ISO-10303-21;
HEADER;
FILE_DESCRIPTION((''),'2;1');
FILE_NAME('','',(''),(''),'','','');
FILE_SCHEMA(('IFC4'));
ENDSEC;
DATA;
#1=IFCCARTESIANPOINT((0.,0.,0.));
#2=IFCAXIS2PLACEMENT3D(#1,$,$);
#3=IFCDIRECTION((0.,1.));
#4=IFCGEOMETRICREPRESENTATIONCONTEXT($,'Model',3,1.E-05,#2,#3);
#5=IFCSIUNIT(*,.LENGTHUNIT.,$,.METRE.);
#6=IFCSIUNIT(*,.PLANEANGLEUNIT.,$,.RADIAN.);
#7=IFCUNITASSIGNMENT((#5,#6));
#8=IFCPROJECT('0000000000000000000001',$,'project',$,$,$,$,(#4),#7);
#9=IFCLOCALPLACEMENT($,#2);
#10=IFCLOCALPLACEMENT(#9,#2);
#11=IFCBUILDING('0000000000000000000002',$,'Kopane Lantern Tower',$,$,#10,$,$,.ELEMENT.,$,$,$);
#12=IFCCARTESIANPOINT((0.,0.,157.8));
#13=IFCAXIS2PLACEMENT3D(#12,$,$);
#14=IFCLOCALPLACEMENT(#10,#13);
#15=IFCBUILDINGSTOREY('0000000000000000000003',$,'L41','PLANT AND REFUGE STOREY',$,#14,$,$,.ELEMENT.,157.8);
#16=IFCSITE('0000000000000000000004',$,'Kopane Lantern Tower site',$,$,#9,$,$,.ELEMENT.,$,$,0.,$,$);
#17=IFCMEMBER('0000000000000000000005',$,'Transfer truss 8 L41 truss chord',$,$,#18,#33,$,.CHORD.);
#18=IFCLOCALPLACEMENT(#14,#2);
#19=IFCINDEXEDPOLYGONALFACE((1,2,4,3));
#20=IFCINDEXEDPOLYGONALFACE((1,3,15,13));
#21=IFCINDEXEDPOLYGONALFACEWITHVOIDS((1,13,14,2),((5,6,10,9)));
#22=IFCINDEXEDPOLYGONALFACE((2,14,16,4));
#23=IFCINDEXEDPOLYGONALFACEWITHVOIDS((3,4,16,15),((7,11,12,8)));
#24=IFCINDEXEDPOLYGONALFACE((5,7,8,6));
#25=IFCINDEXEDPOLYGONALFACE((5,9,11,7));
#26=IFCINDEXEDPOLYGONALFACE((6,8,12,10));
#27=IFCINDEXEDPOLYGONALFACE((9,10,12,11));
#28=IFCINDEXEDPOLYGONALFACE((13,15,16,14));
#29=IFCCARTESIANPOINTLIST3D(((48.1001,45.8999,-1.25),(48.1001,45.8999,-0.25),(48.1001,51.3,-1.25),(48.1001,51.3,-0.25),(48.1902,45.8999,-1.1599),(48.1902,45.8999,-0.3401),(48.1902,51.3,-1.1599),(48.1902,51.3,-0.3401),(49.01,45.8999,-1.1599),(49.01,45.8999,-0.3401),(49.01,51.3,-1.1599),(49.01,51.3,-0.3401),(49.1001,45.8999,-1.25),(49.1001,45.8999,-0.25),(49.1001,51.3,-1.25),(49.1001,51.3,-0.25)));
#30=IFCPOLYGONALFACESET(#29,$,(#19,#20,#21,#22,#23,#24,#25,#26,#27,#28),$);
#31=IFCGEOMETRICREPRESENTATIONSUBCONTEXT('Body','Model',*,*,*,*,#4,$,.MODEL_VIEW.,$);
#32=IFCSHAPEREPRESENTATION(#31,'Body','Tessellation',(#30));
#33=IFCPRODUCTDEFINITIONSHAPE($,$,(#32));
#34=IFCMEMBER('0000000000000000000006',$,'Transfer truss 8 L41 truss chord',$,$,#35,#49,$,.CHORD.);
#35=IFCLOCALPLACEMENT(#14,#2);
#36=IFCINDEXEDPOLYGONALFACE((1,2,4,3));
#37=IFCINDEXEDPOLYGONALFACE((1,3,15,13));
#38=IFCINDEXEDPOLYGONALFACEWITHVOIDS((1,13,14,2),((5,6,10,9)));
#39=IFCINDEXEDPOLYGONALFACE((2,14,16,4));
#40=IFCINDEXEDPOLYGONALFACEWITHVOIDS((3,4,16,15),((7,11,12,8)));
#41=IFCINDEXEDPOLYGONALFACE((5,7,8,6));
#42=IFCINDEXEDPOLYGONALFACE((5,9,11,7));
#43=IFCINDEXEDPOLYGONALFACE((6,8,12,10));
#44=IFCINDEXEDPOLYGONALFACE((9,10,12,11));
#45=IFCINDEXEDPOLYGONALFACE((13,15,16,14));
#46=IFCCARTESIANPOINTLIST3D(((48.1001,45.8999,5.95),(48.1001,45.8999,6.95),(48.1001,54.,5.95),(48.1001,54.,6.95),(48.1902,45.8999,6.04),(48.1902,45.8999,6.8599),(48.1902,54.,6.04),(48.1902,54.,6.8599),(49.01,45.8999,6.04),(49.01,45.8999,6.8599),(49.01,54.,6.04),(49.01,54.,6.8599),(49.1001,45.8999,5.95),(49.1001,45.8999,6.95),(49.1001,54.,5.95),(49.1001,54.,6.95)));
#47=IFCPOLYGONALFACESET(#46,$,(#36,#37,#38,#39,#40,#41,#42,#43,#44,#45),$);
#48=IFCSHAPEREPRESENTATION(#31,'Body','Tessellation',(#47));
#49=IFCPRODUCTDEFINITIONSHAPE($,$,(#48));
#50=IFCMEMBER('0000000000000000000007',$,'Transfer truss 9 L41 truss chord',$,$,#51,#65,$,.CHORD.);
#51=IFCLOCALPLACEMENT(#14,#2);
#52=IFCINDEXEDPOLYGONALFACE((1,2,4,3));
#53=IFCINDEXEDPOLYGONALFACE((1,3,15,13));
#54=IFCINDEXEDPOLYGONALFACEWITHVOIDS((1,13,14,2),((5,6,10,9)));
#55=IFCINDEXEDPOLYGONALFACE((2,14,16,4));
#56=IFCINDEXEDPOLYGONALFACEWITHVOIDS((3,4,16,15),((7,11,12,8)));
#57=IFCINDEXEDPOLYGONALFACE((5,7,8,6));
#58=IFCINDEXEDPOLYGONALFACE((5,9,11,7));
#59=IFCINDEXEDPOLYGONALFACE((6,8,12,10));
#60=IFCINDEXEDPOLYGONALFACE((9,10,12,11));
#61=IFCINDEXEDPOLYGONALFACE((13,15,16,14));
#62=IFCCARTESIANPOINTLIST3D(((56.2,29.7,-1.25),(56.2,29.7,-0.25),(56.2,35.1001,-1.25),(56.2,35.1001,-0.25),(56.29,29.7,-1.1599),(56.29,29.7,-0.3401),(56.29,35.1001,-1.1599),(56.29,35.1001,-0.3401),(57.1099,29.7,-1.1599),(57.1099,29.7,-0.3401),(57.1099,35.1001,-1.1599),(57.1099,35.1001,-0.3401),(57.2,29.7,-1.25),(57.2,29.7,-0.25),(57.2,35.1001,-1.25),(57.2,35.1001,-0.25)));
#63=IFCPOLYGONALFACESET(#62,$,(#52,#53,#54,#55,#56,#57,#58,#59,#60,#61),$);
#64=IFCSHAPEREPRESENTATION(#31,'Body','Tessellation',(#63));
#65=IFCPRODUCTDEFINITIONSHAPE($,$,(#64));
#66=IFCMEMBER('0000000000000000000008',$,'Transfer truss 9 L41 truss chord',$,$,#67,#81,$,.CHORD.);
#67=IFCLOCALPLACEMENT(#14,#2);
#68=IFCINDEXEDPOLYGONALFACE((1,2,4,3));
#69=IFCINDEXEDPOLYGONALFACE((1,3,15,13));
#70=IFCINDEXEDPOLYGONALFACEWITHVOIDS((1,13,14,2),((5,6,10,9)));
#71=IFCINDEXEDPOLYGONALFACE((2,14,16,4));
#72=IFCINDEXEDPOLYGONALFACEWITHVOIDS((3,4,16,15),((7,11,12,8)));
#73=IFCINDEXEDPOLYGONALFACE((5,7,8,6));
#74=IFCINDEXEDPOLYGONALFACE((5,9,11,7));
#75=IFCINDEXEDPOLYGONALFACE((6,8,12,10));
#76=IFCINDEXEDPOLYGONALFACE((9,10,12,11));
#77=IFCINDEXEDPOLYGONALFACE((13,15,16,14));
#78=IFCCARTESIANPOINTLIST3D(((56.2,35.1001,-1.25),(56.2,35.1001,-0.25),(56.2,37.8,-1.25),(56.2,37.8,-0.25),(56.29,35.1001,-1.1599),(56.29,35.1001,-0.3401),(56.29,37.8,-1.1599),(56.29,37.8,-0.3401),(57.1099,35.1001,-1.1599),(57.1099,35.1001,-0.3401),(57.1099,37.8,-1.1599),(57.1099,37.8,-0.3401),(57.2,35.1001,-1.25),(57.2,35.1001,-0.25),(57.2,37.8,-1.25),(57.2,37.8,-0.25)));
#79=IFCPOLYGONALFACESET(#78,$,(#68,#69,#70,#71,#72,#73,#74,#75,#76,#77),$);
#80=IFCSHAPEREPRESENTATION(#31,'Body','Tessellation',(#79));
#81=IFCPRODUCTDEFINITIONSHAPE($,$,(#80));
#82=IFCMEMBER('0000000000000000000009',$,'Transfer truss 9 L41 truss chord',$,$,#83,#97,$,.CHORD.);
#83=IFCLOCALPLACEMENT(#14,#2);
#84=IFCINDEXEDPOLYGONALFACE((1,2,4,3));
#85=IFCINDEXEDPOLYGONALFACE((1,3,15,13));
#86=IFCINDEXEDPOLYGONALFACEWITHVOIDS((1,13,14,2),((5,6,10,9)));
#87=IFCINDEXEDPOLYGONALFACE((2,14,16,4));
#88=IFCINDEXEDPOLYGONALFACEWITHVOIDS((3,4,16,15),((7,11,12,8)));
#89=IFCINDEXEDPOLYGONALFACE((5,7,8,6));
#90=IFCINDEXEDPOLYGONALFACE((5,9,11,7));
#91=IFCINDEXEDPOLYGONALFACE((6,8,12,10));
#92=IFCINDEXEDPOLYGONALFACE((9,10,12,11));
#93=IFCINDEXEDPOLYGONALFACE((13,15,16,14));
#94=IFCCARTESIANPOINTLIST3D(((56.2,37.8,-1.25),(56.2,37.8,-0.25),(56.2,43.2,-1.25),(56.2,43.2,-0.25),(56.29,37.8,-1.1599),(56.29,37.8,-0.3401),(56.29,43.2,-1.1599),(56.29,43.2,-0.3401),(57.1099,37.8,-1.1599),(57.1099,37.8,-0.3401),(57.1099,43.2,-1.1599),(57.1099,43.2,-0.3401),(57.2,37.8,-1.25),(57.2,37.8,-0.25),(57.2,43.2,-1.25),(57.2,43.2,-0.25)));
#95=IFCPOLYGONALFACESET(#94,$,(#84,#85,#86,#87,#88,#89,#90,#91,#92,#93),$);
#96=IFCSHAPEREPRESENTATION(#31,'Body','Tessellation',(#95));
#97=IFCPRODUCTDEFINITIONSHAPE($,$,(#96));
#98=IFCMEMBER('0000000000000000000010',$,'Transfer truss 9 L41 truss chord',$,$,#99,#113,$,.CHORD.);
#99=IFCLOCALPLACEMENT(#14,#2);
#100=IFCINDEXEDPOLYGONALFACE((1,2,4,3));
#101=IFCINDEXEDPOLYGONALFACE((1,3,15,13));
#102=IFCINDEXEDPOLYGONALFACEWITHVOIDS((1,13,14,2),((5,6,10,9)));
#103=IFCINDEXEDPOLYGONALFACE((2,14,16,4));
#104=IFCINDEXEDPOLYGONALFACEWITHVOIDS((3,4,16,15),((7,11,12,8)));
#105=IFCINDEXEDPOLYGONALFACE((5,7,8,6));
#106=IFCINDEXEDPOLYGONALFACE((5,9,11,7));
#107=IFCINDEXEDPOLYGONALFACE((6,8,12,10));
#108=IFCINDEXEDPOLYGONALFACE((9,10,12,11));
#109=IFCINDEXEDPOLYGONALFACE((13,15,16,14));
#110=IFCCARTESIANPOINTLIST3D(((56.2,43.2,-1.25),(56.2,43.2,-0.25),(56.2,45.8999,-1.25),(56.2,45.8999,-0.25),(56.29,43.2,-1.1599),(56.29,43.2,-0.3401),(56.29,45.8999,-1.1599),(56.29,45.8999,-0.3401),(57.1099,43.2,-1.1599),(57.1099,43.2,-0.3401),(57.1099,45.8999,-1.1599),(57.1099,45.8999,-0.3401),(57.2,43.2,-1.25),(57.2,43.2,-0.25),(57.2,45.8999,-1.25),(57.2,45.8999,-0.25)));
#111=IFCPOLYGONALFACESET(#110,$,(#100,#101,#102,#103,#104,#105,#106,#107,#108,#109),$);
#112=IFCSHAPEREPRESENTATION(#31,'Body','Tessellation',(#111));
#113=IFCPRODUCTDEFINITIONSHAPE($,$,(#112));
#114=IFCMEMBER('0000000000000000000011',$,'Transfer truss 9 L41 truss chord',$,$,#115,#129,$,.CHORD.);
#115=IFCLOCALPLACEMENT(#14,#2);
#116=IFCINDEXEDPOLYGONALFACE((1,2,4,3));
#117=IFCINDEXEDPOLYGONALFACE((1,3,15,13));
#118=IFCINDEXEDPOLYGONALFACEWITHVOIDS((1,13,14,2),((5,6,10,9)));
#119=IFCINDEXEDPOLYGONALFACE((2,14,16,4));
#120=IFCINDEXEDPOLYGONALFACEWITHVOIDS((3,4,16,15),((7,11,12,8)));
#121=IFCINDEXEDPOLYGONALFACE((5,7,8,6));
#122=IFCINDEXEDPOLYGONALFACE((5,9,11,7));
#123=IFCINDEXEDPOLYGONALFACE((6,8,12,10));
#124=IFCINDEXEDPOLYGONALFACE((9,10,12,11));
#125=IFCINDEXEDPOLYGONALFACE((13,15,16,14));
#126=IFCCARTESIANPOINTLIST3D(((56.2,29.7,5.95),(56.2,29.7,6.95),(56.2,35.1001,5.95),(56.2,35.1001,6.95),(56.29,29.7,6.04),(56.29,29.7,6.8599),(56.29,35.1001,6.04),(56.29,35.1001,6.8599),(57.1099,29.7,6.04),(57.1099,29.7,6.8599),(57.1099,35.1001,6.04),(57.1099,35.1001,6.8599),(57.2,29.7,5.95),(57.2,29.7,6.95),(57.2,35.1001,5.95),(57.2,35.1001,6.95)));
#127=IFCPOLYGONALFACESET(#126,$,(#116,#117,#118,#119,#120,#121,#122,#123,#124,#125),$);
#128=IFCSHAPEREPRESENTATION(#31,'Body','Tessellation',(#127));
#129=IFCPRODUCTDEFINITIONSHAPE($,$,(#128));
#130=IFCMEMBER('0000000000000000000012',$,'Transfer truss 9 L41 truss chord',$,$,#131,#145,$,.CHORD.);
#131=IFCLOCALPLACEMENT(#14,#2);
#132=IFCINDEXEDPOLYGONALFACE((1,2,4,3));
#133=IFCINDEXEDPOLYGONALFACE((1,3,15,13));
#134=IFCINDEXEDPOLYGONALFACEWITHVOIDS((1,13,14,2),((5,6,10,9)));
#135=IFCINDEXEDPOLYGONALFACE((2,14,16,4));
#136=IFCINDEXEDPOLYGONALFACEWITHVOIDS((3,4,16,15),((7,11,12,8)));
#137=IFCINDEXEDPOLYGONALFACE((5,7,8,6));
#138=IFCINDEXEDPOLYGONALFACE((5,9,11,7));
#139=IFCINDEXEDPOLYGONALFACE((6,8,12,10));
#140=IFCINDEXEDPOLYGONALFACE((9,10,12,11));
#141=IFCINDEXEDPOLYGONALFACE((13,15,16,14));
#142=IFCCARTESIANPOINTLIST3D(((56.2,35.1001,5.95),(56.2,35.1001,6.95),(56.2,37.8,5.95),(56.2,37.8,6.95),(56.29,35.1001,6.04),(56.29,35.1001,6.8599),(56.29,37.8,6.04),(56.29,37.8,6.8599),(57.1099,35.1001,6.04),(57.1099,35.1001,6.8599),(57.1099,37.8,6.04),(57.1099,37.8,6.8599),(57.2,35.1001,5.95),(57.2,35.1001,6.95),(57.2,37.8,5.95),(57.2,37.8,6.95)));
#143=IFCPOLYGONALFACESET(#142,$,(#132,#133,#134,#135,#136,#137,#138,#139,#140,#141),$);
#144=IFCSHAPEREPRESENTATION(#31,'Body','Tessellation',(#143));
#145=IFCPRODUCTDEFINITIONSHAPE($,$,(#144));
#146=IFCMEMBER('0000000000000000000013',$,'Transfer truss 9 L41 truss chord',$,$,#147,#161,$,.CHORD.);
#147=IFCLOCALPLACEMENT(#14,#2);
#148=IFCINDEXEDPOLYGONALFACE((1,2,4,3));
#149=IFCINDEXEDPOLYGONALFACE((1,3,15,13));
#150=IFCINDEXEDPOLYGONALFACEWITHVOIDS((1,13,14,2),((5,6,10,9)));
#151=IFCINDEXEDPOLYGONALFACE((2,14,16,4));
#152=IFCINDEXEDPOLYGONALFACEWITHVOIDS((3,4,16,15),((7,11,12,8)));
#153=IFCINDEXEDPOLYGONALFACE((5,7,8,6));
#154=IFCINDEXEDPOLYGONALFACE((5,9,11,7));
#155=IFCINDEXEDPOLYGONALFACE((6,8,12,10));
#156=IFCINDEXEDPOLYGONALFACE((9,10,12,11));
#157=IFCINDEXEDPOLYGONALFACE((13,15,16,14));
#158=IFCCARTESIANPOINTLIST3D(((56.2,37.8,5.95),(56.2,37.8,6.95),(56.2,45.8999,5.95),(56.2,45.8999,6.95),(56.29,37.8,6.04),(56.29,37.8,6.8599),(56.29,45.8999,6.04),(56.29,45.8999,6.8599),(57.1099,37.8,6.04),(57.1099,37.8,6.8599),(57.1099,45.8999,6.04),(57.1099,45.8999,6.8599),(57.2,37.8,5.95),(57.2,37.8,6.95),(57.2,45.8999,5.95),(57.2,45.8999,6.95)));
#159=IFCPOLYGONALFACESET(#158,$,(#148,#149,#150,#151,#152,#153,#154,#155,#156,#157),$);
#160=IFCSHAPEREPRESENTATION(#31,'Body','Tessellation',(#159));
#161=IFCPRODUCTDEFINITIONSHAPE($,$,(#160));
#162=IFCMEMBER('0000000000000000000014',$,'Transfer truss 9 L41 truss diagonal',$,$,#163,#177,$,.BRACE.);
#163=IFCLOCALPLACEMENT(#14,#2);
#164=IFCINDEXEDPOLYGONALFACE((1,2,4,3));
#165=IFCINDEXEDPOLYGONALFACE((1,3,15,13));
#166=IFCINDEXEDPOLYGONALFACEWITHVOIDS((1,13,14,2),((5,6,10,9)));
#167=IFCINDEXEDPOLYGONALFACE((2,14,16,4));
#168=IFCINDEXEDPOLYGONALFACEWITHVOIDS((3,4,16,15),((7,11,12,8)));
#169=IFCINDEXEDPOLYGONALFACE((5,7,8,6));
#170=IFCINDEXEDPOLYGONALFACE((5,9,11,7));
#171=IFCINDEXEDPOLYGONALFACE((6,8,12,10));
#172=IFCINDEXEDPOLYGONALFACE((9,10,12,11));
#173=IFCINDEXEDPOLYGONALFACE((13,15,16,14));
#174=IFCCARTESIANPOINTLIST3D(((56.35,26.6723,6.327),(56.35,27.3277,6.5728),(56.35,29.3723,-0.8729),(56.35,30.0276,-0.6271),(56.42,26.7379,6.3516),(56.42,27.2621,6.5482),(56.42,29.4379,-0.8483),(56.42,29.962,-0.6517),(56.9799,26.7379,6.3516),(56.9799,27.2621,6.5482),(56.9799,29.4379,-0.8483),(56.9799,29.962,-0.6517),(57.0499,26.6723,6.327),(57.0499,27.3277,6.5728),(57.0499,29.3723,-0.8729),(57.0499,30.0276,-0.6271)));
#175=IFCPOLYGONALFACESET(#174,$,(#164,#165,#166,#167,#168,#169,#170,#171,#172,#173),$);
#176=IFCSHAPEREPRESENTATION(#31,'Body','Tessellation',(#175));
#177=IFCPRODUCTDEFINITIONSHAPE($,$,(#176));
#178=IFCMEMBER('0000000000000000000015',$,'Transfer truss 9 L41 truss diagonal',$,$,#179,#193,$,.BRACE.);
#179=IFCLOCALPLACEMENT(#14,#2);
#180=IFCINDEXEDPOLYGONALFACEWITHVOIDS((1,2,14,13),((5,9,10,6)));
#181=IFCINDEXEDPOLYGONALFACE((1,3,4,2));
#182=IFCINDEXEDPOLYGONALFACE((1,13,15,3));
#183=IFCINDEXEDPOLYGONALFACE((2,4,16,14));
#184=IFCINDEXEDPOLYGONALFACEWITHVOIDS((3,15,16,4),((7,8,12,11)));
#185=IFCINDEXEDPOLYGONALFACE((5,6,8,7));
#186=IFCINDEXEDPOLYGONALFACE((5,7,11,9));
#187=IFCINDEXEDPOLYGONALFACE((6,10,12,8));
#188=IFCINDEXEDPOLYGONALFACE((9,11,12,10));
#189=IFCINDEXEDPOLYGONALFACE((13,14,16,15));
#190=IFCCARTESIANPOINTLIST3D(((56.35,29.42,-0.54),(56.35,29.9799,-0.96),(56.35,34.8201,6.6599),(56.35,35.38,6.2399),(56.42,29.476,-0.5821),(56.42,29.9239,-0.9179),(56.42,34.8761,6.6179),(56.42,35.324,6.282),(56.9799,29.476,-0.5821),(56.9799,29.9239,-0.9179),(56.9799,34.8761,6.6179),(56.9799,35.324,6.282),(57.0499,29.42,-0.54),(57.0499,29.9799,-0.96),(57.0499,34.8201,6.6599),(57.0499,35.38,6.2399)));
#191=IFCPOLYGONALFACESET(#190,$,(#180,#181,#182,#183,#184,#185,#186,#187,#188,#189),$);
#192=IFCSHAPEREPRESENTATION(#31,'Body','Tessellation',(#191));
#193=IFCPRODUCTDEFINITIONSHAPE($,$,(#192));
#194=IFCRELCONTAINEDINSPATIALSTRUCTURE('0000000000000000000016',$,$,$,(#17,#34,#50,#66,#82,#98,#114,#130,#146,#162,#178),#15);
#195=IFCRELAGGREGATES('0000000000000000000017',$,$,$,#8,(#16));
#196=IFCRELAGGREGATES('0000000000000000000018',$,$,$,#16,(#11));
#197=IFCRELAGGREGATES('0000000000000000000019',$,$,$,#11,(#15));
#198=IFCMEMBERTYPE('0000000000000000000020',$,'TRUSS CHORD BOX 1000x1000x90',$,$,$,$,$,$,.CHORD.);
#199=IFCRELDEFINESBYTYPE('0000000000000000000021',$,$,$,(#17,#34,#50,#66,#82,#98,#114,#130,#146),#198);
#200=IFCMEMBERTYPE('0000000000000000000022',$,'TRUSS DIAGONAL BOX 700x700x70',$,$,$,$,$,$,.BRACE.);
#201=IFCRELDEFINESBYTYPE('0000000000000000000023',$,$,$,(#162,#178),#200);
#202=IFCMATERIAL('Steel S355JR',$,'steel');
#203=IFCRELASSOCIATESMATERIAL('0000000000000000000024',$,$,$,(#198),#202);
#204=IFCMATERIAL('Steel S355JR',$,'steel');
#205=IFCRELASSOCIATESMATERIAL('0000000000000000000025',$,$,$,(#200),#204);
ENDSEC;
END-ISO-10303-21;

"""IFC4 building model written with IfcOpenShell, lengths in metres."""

from ifc_helpers import new_model, si_unit, direction, frame, origin, origin_2d, place, context, subcontext, project, spatial, hollow_rectangle, extrude, material, material_profile, profile_set, type_object, element, save


model = new_model("IFC4")

# Units and contexts
model_context = context("Model", 3, precision=1e-05, world=origin(), true_north=direction((0.0, 1.0)))
body_context = subcontext(model_context, "Body", "Model", "MODEL_VIEW")
ifc_project = project(units=[si_unit("LENGTHUNIT", "METRE"), si_unit("PLANEANGLEUNIT", "RADIAN")], contexts=[model_context])

# Site, building, storey
site_placement = place(None, origin())
site = spatial("IfcSite", under=ifc_project, at=site_placement, Name="Kopane Lantern Tower site", CompositionType="ELEMENT", RefElevation=0.0)
building_placement = place(site_placement, origin())
building = spatial("IfcBuilding", under=site, at=building_placement, Name="Kopane Lantern Tower", CompositionType="ELEMENT")
storey_placement = place(building_placement, frame((0.0, 0.0, 157.8)))
storey = spatial("IfcBuildingStorey", under=building, at=storey_placement, Name="L41", Description="PLANT AND REFUGE STOREY", CompositionType="ELEMENT", Elevation=157.8)

# Members
ifc_material_1 = material(Name="Steel S355JR", Category="steel")
ifc_material_profile_1 = material_profile(ifc_material_1, hollow_rectangle(XDim=1.0, YDim=1.0, WallThickness=0.0901, at=origin_2d()), Name="BOX 1000x1000x90")
ifc_profile_set_1 = profile_set([ifc_material_profile_1], Name="Steel S355JR")
member_type_1 = type_object("IfcMemberType", Name="TRUSS CHORD BOX 1000x1000x90", PredefinedType="CHORD", material=ifc_profile_set_1)
member_1_placement = place(storey_placement, frame((48.6001, 45.8999, -0.75), z_axis=(0.0, 1.0, 0.0), x_axis=(-1.0, 0.0, 0.0)))
element("IfcMember", 1, at=member_1_placement, inside=storey, type_object=member_type_1, Name="Transfer truss 8 L41 truss chord", PredefinedType="CHORD", context=body_context, shape_type="SweptSolid", body=[
    extrude(hollow_rectangle(XDim=1.0, YDim=1.0, WallThickness=0.0901, at=origin_2d()), origin(), (0.0, 0.0, 1.0), 5.4001),
])
member_2_placement = place(storey_placement, frame((48.6001, 45.8999, 6.45), z_axis=(0.0, 1.0, 0.0), x_axis=(-1.0, 0.0, 0.0)))
element("IfcMember", 2, at=member_2_placement, inside=storey, type_object=member_type_1, Name="Transfer truss 8 L41 truss chord", PredefinedType="CHORD", context=body_context, shape_type="SweptSolid", body=[
    extrude(hollow_rectangle(XDim=1.0, YDim=1.0, WallThickness=0.0901, at=origin_2d()), origin(), (0.0, 0.0, 1.0), 8.1001),
])
member_3_placement = place(storey_placement, frame((56.7, 29.7, -0.75), z_axis=(0.0, 1.0, 0.0), x_axis=(-1.0, 0.0, 0.0)))
element("IfcMember", 3, at=member_3_placement, inside=storey, type_object=member_type_1, Name="Transfer truss 9 L41 truss chord", PredefinedType="CHORD", context=body_context, shape_type="SweptSolid", body=[
    extrude(hollow_rectangle(XDim=1.0, YDim=1.0, WallThickness=0.0901, at=origin_2d()), origin(), (0.0, 0.0, 1.0), 5.4001),
])
member_4_placement = place(storey_placement, frame((56.7, 35.1001, -0.75), z_axis=(0.0, 1.0, 0.0), x_axis=(-1.0, 0.0, 0.0)))
element("IfcMember", 4, at=member_4_placement, inside=storey, type_object=member_type_1, Name="Transfer truss 9 L41 truss chord", PredefinedType="CHORD", context=body_context, shape_type="SweptSolid", body=[
    extrude(hollow_rectangle(XDim=1.0, YDim=1.0, WallThickness=0.0901, at=origin_2d()), origin(), (0.0, 0.0, 1.0), 2.7),
])
member_5_placement = place(storey_placement, frame((56.7, 37.8, -0.75), z_axis=(0.0, 1.0, 0.0), x_axis=(-1.0, 0.0, 0.0)))
element("IfcMember", 5, at=member_5_placement, inside=storey, type_object=member_type_1, Name="Transfer truss 9 L41 truss chord", PredefinedType="CHORD", context=body_context, shape_type="SweptSolid", body=[
    extrude(hollow_rectangle(XDim=1.0, YDim=1.0, WallThickness=0.0901, at=origin_2d()), origin(), (0.0, 0.0, 1.0), 5.3999),
])
member_6_placement = place(storey_placement, frame((56.7, 43.2, -0.75), z_axis=(0.0, 1.0, 0.0), x_axis=(-1.0, 0.0, 0.0)))
element("IfcMember", 6, at=member_6_placement, inside=storey, type_object=member_type_1, Name="Transfer truss 9 L41 truss chord", PredefinedType="CHORD", context=body_context, shape_type="SweptSolid", body=[
    extrude(hollow_rectangle(XDim=1.0, YDim=1.0, WallThickness=0.0901, at=origin_2d()), origin(), (0.0, 0.0, 1.0), 2.7),
])
member_7_placement = place(storey_placement, frame((56.7, 29.7, 6.45), z_axis=(0.0, 1.0, 0.0), x_axis=(-1.0, 0.0, 0.0)))
element("IfcMember", 7, at=member_7_placement, inside=storey, type_object=member_type_1, Name="Transfer truss 9 L41 truss chord", PredefinedType="CHORD", context=body_context, shape_type="SweptSolid", body=[
    extrude(hollow_rectangle(XDim=1.0, YDim=1.0, WallThickness=0.0901, at=origin_2d()), origin(), (0.0, 0.0, 1.0), 5.4001),
])
member_8_placement = place(storey_placement, frame((56.7, 35.1001, 6.45), z_axis=(0.0, 1.0, 0.0), x_axis=(-1.0, 0.0, 0.0)))
element("IfcMember", 8, at=member_8_placement, inside=storey, type_object=member_type_1, Name="Transfer truss 9 L41 truss chord", PredefinedType="CHORD", context=body_context, shape_type="SweptSolid", body=[
    extrude(hollow_rectangle(XDim=1.0, YDim=1.0, WallThickness=0.0901, at=origin_2d()), origin(), (0.0, 0.0, 1.0), 2.7),
])
member_9_placement = place(storey_placement, frame((56.7, 37.8, 6.45), z_axis=(0.0, 1.0, 0.0), x_axis=(-1.0, 0.0, 0.0)))
element("IfcMember", 9, at=member_9_placement, inside=storey, type_object=member_type_1, Name="Transfer truss 9 L41 truss chord", PredefinedType="CHORD", context=body_context, shape_type="SweptSolid", body=[
    extrude(hollow_rectangle(XDim=1.0, YDim=1.0, WallThickness=0.0901, at=origin_2d()), origin(), (0.0, 0.0, 1.0), 8.0999),
])
ifc_material_2 = material(Name="Steel S355JR", Category="steel")
ifc_material_profile_2 = material_profile(ifc_material_2, hollow_rectangle(XDim=0.7, YDim=0.7, WallThickness=0.0701, at=origin_2d()), Name="BOX 700x700x70")
ifc_profile_set_2 = profile_set([ifc_material_profile_2], Name="Steel S355JR")
member_type_2 = type_object("IfcMemberType", Name="TRUSS DIAGONAL BOX 700x700x70", PredefinedType="BRACE", material=ifc_profile_set_2)
member_10_placement = place(storey_placement, frame((56.7, 29.7, -0.75), z_axis=(0.0, -0.35112, 0.93633), x_axis=(1.0, 0.0, 0.0)))
element("IfcMember", 10, at=member_10_placement, inside=storey, type_object=member_type_2, Name="Transfer truss 9 L41 truss diagonal", PredefinedType="BRACE", context=body_context, shape_type="SweptSolid", body=[
    extrude(hollow_rectangle(XDim=0.7, YDim=0.7, WallThickness=0.0701, at=origin_2d()), origin(), (0.0, 0.0, 1.0), 7.6895),
])
member_11_placement = place(storey_placement, frame((56.7, 29.7, -0.75), z_axis=(0.0, 0.600013, 0.79999), x_axis=(-1.0, 0.0, 0.0)))
element("IfcMember", 11, at=member_11_placement, inside=storey, type_object=member_type_2, Name="Transfer truss 9 L41 truss diagonal", PredefinedType="BRACE", context=body_context, shape_type="SweptSolid", body=[
    extrude(hollow_rectangle(XDim=0.7, YDim=0.7, WallThickness=0.0701, at=origin_2d()), origin(), (0.0, 0.0, 1.0), 9.0),
])

save(model, "model.ifc")
